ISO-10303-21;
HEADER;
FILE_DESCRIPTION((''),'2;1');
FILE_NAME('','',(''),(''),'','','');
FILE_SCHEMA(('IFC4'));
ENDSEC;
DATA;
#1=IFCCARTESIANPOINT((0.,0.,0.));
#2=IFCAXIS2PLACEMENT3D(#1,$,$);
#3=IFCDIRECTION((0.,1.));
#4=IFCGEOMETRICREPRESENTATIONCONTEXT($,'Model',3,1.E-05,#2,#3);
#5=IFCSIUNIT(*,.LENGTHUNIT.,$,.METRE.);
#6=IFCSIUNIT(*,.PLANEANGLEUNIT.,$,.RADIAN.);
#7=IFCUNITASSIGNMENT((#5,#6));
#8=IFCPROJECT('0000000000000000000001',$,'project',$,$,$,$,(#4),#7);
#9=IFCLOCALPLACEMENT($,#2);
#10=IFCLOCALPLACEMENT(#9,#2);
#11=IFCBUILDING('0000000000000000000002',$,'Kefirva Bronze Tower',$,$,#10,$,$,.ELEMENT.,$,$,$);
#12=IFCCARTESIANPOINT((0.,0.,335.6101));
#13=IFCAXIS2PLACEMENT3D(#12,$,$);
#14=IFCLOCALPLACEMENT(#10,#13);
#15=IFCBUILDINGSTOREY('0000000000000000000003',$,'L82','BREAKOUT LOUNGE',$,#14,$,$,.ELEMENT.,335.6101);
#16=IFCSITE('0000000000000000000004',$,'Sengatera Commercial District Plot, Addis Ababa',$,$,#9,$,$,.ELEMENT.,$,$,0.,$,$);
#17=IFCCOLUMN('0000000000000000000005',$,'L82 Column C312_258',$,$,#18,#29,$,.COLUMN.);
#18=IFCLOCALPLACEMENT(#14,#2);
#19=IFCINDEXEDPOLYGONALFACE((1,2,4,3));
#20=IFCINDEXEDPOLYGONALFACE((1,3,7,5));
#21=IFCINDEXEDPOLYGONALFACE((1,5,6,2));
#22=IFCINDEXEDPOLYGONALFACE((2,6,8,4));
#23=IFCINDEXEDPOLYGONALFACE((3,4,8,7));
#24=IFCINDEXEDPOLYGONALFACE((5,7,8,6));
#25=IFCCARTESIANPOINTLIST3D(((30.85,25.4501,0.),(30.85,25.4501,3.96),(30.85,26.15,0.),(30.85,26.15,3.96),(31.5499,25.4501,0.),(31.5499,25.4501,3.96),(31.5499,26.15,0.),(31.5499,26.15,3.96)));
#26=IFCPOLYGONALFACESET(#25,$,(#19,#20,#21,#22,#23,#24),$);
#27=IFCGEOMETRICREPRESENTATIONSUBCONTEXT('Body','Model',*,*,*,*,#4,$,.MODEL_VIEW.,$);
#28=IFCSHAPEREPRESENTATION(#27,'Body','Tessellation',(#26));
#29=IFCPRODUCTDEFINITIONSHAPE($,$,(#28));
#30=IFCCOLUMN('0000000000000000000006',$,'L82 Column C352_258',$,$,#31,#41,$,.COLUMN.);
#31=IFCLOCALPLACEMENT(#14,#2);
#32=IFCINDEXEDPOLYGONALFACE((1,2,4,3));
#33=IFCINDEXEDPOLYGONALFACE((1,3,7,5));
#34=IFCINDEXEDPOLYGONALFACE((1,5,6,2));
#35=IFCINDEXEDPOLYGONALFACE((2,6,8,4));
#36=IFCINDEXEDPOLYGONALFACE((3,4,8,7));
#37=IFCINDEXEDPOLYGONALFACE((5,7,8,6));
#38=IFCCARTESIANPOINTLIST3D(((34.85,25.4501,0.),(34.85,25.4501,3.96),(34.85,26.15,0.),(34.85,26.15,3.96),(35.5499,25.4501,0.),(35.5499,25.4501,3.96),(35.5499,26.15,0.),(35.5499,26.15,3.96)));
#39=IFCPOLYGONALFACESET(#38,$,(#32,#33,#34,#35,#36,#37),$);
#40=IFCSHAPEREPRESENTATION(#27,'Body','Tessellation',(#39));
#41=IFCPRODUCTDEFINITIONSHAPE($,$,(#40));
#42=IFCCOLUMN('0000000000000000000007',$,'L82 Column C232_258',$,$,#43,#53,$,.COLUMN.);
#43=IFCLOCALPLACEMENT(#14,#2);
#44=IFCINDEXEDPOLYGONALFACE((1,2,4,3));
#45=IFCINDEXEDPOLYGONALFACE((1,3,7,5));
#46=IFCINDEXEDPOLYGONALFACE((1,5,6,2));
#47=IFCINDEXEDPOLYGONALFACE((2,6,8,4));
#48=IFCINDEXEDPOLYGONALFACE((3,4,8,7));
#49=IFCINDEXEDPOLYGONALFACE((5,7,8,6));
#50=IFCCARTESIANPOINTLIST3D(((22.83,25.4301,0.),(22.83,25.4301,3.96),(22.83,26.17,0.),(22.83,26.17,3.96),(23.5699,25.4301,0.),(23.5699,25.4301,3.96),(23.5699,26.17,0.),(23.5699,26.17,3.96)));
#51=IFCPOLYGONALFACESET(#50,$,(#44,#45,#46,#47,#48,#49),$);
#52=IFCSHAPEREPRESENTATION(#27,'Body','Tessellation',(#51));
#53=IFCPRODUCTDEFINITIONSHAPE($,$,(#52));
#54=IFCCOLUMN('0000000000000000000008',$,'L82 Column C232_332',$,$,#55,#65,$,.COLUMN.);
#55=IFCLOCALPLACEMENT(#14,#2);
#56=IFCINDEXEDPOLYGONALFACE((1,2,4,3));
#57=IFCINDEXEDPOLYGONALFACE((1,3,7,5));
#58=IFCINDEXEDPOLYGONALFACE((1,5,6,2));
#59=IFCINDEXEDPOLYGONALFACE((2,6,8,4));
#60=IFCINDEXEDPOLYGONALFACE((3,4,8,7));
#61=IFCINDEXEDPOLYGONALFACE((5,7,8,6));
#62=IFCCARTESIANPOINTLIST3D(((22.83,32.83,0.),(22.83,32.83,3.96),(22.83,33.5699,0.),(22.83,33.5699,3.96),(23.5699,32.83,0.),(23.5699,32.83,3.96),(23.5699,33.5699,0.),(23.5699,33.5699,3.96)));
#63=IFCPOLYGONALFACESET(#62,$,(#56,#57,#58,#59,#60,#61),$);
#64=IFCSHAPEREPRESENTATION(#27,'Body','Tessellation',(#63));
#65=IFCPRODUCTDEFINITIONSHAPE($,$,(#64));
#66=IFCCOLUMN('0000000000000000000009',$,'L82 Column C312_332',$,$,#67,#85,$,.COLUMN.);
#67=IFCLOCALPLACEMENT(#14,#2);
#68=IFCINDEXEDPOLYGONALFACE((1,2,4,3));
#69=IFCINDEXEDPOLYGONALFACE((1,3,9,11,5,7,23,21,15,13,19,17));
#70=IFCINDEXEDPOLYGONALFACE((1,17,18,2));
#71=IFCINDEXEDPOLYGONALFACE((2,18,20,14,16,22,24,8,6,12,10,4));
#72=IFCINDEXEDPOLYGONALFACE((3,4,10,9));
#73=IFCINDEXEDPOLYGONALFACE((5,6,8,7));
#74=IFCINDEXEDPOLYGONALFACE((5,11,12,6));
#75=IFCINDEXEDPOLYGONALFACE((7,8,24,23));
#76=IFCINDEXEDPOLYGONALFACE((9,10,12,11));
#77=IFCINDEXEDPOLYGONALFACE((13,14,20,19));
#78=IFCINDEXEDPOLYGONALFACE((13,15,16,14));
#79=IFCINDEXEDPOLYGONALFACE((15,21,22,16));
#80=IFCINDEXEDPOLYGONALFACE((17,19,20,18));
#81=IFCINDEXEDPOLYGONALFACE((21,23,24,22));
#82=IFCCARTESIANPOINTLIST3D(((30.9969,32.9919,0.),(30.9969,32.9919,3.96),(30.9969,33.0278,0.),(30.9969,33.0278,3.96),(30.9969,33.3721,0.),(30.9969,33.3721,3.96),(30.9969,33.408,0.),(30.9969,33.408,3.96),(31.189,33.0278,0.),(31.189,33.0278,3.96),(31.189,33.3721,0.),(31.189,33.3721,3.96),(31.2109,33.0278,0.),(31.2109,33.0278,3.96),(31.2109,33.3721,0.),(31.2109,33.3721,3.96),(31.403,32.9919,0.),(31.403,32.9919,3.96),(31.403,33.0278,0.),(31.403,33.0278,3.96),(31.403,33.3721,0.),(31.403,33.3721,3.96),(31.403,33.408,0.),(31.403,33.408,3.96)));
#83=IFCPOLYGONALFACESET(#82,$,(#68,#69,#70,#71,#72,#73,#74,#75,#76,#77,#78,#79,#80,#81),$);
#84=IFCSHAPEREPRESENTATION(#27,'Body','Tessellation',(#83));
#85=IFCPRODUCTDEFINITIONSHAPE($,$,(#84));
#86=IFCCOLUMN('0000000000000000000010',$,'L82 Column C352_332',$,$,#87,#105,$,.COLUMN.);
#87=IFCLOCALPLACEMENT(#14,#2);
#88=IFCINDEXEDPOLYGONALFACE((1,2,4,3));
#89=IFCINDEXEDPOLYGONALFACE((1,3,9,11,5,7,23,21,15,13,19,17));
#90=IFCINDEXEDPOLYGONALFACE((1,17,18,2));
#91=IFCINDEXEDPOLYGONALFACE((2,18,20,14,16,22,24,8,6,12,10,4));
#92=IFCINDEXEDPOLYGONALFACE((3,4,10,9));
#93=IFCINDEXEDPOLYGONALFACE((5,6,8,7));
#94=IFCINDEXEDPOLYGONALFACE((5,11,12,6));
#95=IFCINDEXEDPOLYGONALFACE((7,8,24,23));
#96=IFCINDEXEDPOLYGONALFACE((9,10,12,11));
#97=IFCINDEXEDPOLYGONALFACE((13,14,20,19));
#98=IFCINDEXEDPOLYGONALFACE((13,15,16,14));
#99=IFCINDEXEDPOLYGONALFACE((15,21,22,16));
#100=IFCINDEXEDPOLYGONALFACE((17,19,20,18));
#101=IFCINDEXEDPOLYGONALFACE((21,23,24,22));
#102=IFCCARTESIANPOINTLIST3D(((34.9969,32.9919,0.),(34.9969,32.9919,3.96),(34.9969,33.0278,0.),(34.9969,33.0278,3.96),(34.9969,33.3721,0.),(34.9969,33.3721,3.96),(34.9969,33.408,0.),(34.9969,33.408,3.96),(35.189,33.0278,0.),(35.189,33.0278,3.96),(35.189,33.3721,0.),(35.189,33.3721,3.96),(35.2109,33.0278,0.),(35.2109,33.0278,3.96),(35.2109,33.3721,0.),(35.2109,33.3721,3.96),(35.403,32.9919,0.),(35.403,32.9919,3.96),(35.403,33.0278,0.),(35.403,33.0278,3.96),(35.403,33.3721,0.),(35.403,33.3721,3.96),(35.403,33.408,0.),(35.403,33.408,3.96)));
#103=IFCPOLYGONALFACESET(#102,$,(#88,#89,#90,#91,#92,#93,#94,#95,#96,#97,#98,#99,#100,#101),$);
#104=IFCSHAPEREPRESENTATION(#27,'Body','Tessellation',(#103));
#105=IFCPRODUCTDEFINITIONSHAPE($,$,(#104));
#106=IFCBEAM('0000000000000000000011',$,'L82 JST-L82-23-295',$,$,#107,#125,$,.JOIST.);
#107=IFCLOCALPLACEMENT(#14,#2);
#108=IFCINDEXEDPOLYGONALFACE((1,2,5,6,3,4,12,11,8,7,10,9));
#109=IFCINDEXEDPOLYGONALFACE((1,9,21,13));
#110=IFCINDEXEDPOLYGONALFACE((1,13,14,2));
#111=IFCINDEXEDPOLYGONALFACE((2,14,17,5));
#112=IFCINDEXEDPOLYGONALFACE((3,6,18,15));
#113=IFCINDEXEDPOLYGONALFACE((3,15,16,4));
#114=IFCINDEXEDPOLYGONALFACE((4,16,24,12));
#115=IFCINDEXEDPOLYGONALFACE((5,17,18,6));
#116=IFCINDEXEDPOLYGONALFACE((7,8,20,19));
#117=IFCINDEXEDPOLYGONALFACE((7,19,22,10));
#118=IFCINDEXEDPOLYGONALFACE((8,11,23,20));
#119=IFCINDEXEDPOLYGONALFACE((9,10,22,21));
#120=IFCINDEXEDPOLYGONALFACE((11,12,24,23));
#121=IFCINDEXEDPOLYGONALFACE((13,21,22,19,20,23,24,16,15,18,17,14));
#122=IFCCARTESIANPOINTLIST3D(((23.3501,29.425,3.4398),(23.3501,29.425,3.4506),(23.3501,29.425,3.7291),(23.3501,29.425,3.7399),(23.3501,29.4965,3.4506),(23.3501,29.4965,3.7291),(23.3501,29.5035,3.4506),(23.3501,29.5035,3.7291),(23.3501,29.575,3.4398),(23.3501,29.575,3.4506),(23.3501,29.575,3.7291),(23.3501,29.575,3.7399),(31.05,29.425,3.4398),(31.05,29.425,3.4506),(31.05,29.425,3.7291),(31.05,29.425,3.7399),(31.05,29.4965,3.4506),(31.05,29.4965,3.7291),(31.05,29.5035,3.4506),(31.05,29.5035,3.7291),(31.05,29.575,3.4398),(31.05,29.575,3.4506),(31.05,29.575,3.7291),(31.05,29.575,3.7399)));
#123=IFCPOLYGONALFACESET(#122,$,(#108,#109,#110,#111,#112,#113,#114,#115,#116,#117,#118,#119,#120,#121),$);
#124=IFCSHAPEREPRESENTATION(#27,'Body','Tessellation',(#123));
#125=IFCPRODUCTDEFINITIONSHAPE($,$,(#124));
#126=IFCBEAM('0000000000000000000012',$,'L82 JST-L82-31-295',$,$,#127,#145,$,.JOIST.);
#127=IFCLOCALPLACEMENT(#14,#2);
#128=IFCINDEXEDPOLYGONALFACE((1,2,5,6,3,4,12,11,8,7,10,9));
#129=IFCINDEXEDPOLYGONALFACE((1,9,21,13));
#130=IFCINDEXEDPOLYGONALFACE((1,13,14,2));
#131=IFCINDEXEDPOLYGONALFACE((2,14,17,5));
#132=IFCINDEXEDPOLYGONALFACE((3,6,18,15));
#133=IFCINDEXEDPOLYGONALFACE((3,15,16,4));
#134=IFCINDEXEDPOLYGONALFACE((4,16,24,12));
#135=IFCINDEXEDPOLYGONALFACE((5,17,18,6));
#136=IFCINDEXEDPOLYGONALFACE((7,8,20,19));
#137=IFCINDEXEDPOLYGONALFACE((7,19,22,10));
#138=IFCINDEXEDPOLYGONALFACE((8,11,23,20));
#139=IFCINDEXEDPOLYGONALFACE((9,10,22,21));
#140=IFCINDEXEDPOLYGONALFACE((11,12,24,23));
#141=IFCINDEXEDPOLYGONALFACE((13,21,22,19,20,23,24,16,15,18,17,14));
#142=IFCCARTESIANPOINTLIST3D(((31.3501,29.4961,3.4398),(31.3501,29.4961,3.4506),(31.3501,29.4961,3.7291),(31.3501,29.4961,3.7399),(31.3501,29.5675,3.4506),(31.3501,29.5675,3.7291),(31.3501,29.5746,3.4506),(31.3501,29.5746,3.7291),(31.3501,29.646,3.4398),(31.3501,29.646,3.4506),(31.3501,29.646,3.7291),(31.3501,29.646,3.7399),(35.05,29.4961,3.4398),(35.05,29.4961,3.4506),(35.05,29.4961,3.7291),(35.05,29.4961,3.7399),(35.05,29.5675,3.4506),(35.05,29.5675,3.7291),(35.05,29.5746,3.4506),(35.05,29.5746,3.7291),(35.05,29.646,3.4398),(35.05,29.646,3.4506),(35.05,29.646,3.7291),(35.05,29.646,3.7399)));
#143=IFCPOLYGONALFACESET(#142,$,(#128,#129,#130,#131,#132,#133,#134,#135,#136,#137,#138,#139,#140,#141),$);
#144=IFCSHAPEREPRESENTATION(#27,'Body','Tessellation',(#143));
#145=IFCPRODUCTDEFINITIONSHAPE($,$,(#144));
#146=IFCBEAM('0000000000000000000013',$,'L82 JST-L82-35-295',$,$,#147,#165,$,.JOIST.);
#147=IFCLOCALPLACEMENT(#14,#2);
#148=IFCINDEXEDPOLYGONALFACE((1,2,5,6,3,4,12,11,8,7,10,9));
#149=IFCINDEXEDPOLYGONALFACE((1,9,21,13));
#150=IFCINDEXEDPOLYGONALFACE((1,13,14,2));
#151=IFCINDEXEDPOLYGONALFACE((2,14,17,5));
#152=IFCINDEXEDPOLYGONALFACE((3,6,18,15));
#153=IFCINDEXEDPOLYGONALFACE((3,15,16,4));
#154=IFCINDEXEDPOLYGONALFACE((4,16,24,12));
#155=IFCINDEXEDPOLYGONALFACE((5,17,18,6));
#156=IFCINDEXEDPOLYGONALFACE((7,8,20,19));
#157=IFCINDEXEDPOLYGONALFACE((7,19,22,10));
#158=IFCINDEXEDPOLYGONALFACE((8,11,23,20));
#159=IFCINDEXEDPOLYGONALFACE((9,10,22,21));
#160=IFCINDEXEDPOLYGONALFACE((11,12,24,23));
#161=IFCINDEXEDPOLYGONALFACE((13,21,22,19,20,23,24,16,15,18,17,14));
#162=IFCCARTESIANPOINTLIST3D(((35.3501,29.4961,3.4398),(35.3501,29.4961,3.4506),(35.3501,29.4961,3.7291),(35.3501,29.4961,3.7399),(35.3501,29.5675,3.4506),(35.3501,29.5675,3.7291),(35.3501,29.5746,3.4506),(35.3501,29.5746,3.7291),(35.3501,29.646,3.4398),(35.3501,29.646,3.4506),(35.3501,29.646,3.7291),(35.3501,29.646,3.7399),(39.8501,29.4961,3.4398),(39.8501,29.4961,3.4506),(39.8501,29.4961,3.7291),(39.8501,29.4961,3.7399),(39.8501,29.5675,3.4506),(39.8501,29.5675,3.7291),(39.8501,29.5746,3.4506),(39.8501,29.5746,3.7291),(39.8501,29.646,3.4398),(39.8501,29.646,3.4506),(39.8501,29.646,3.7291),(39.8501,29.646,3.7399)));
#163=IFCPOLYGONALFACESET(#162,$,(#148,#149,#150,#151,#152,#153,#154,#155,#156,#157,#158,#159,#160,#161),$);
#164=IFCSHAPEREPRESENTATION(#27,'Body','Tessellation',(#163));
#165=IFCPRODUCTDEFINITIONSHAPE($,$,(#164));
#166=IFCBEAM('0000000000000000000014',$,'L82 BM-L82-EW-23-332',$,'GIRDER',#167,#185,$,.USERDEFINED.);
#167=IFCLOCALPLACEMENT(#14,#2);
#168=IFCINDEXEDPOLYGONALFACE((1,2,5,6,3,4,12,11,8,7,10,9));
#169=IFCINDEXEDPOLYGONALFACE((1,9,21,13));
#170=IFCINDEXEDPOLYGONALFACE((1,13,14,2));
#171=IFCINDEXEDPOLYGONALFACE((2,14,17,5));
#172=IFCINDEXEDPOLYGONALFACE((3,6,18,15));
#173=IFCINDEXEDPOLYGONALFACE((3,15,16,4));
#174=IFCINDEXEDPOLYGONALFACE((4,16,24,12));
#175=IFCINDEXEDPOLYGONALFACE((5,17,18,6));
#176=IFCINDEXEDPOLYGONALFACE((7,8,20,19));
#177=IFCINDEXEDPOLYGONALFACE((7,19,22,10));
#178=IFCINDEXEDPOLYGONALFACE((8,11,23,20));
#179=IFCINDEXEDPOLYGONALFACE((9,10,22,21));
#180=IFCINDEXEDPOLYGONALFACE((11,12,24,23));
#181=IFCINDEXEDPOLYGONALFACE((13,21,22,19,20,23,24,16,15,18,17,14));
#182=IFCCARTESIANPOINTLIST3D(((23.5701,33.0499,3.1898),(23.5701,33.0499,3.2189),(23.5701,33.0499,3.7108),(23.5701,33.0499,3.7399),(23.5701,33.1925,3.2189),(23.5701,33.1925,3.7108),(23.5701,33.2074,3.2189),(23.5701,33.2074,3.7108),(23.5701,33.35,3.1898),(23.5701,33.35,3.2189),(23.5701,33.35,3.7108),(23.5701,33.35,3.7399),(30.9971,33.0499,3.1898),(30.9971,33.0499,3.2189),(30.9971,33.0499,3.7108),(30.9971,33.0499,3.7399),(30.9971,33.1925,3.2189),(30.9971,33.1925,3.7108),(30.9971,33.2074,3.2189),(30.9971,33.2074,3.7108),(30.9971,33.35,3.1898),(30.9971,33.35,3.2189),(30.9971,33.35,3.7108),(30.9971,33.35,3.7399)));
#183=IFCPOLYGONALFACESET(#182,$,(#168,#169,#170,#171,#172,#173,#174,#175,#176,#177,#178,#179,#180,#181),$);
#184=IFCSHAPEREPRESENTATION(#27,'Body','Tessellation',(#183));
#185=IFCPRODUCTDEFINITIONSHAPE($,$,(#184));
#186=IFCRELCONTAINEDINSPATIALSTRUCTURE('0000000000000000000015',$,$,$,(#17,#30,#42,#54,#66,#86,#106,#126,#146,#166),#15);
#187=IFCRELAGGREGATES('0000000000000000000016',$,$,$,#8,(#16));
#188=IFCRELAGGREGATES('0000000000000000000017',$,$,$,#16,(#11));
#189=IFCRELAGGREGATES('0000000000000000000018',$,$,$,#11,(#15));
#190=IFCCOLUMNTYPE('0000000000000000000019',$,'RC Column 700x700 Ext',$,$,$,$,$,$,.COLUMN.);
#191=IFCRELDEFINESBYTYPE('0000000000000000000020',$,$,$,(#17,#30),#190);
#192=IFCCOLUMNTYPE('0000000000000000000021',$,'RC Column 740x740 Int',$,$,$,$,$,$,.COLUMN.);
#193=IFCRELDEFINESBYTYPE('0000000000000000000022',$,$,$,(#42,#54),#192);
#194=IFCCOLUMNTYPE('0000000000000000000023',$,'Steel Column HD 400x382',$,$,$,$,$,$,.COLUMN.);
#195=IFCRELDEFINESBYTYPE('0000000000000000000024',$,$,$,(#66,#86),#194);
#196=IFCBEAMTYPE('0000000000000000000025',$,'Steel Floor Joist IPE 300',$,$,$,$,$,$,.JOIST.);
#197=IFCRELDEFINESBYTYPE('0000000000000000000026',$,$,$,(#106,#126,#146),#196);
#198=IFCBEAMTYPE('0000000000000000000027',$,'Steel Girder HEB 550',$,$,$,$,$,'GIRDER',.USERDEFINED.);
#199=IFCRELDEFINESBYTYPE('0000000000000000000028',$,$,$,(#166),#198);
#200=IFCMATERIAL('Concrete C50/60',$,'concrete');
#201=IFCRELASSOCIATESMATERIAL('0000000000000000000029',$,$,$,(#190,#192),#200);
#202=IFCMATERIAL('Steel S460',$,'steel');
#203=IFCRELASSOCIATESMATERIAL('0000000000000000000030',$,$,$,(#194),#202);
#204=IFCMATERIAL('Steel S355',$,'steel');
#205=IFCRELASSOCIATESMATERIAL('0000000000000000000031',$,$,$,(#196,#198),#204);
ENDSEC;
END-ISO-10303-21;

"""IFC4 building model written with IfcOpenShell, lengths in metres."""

from ifc_helpers import new_model, si_unit, direction, frame, origin, origin_2d, place, context, subcontext, project, spatial, rectangle, i_section, extrude, material, material_profile, profile_set, type_object, element, save


model = new_model("IFC4")

# Units and contexts
model_context = context("Model", 3, precision=1e-05, world=origin(), true_north=direction((0.0, 1.0)))
body_context = subcontext(model_context, "Body", "Model", "MODEL_VIEW")
ifc_project = project(units=[si_unit("LENGTHUNIT", "METRE"), si_unit("PLANEANGLEUNIT", "RADIAN")], contexts=[model_context])

# Site, building, storey
site_placement = place(None, origin())
site = spatial("IfcSite", under=ifc_project, at=site_placement, Name="Sengatera Commercial District Plot, Addis Ababa", CompositionType="ELEMENT", RefElevation=0.0)
building_placement = place(site_placement, origin())
building = spatial("IfcBuilding", under=site, at=building_placement, Name="Kefirva Bronze Tower", CompositionType="ELEMENT")
storey_placement = place(building_placement, frame((0.0, 0.0, 335.6101)))
storey = spatial("IfcBuildingStorey", under=building, at=storey_placement, Name="L82", Description="BREAKOUT LOUNGE", CompositionType="ELEMENT", Elevation=335.6101)

# Columns
ifc_material_1 = material(Name="Concrete C50/60", Category="concrete")
ifc_material_profile_1 = material_profile(ifc_material_1, rectangle(XDim=0.7, YDim=0.7, at=origin_2d()), Name="RC 700x700")
ifc_profile_set_1 = profile_set([ifc_material_profile_1], Name="Concrete C50/60")
column_type_1 = type_object("IfcColumnType", Name="RC Column 700x700 Ext", PredefinedType="COLUMN", material=ifc_profile_set_1)
for number, where, z_axis, x_axis, name in (
    (1, (31.2, 25.8, 0.0), (0.0, 0.0, 1.0), (1.0, 0.0, 0.0), "L82 Column C312_258"),
    (2, (35.2, 25.8, 0.0), (0.0, 0.0, 1.0), (1.0, 0.0, 0.0), "L82 Column C352_258"),
):
    element("IfcColumn", number, at=place(storey_placement, frame(where, z_axis=z_axis, x_axis=x_axis)), inside=storey, type_object=column_type_1, Name=name, PredefinedType="COLUMN", context=body_context, shape_type="SweptSolid", body=[
        extrude(rectangle(XDim=0.7, YDim=0.7, at=origin_2d()), origin(), (0.0, 0.0, 1.0), 3.96),
    ])
ifc_material_profile_2 = material_profile(ifc_material_1, rectangle(XDim=0.74, YDim=0.74, at=origin_2d()), Name="RC 740x740")
ifc_profile_set_2 = profile_set([ifc_material_profile_2], Name="Concrete C50/60")
column_type_2 = type_object("IfcColumnType", Name="RC Column 740x740 Int", PredefinedType="COLUMN", material=ifc_profile_set_2)
for number, where, z_axis, x_axis, name in (
    (3, (23.2, 25.8, 0.0), (0.0, 0.0, 1.0), (1.0, 0.0, 0.0), "L82 Column C232_258"),
    (4, (23.2, 33.2, 0.0), (0.0, 0.0, 1.0), (1.0, 0.0, 0.0), "L82 Column C232_332"),
):
    element("IfcColumn", number, at=place(storey_placement, frame(where, z_axis=z_axis, x_axis=x_axis)), inside=storey, type_object=column_type_2, Name=name, PredefinedType="COLUMN", context=body_context, shape_type="SweptSolid", body=[
        extrude(rectangle(XDim=0.74, YDim=0.74, at=origin_2d()), origin(), (0.0, 0.0, 1.0), 3.96),
    ])
ifc_material_2 = material(Name="Steel S460", Category="steel")
ifc_material_profile_3 = material_profile(ifc_material_2, i_section(OverallWidth=0.406, OverallDepth=0.416, WebThickness=0.022, FlangeThickness=0.0359, at=origin_2d()), Name="HD 400x382")
ifc_profile_set_3 = profile_set([ifc_material_profile_3], Name="Steel S460")
column_type_3 = type_object("IfcColumnType", Name="Steel Column HD 400x382", PredefinedType="COLUMN", material=ifc_profile_set_3)
for number, where, z_axis, x_axis, name in (
    (5, (31.2, 33.2, 0.0), (0.0, 0.0, 1.0), (1.0, 0.0, 0.0), "L82 Column C312_332"),
    (6, (35.2, 33.2, 0.0), (0.0, 0.0, 1.0), (1.0, 0.0, 0.0), "L82 Column C352_332"),
):
    element("IfcColumn", number, at=place(storey_placement, frame(where, z_axis=z_axis, x_axis=x_axis)), inside=storey, type_object=column_type_3, Name=name, PredefinedType="COLUMN", context=body_context, shape_type="SweptSolid", body=[
        extrude(i_section(OverallWidth=0.406, OverallDepth=0.416, WebThickness=0.022, FlangeThickness=0.0359, at=origin_2d()), origin(), (0.0, 0.0, 1.0), 3.96),
    ])

# Beams
ifc_material_3 = material(Name="Steel S355", Category="steel")
ifc_material_profile_4 = material_profile(ifc_material_3, i_section(OverallWidth=0.1499, OverallDepth=0.3, WebThickness=0.0071, FlangeThickness=0.0107, at=origin_2d()), Name="IPE 300")
ifc_profile_set_4 = profile_set([ifc_material_profile_4], Name="Steel S355")
beam_type_1 = type_object("IfcBeamType", Name="Steel Floor Joist IPE 300", PredefinedType="JOIST", material=ifc_profile_set_4)
beam_1_placement = place(storey_placement, frame((23.3501, 29.5, 3.5898), z_axis=(1.0, 0.0, 0.0), x_axis=(0.0, 1.0, 0.0)))
element("IfcBeam", 7, at=beam_1_placement, inside=storey, type_object=beam_type_1, Name="L82 JST-L82-23-295", PredefinedType="JOIST", context=body_context, shape_type="SweptSolid", body=[
    extrude(i_section(OverallWidth=0.1499, OverallDepth=0.3, WebThickness=0.0071, FlangeThickness=0.0107, at=origin_2d()), origin(), (0.0, 0.0, 1.0), 7.7),
])
beam_2_placement = place(storey_placement, frame((31.3501, 29.571, 3.5898), z_axis=(1.0, 0.0, 0.0), x_axis=(0.0, 1.0, 0.0)))
element("IfcBeam", 8, at=beam_2_placement, inside=storey, type_object=beam_type_1, Name="L82 JST-L82-31-295", PredefinedType="JOIST", context=body_context, shape_type="SweptSolid", body=[
    extrude(i_section(OverallWidth=0.1499, OverallDepth=0.3, WebThickness=0.0071, FlangeThickness=0.0107, at=origin_2d()), origin(), (0.0, 0.0, 1.0), 3.7),
])
beam_3_placement = place(storey_placement, frame((35.3501, 29.571, 3.5898), z_axis=(1.0, 0.0, 0.0), x_axis=(0.0, 1.0, 0.0)))
element("IfcBeam", 9, at=beam_3_placement, inside=storey, type_object=beam_type_1, Name="L82 JST-L82-35-295", PredefinedType="JOIST", context=body_context, shape_type="SweptSolid", body=[
    extrude(i_section(OverallWidth=0.1499, OverallDepth=0.3, WebThickness=0.0071, FlangeThickness=0.0107, at=origin_2d()), origin(), (0.0, 0.0, 1.0), 4.5),
])
ifc_material_profile_5 = material_profile(ifc_material_3, i_section(OverallWidth=0.3, OverallDepth=0.55, WebThickness=0.0149, FlangeThickness=0.0291, at=origin_2d()), Name="HEB 550")
ifc_profile_set_5 = profile_set([ifc_material_profile_5], Name="Steel S355")
beam_type_2 = type_object("IfcBeamType", Name="Steel Girder HEB 550", ElementType="GIRDER", PredefinedType="USERDEFINED", material=ifc_profile_set_5)
beam_4_placement = place(storey_placement, frame((23.5701, 33.2, 3.4648), z_axis=(1.0, 0.0, 0.0), x_axis=(0.0, 1.0, 0.0)))
element("IfcBeam", 10, at=beam_4_placement, inside=storey, type_object=beam_type_2, Name="L82 BM-L82-EW-23-332", ObjectType="GIRDER", PredefinedType="USERDEFINED", context=body_context, shape_type="SweptSolid", body=[
    extrude(i_section(OverallWidth=0.3, OverallDepth=0.55, WebThickness=0.0149, FlangeThickness=0.0291, at=origin_2d()), origin(), (0.0, 0.0, 1.0), 7.427),
])

save(model, "model.ifc")
